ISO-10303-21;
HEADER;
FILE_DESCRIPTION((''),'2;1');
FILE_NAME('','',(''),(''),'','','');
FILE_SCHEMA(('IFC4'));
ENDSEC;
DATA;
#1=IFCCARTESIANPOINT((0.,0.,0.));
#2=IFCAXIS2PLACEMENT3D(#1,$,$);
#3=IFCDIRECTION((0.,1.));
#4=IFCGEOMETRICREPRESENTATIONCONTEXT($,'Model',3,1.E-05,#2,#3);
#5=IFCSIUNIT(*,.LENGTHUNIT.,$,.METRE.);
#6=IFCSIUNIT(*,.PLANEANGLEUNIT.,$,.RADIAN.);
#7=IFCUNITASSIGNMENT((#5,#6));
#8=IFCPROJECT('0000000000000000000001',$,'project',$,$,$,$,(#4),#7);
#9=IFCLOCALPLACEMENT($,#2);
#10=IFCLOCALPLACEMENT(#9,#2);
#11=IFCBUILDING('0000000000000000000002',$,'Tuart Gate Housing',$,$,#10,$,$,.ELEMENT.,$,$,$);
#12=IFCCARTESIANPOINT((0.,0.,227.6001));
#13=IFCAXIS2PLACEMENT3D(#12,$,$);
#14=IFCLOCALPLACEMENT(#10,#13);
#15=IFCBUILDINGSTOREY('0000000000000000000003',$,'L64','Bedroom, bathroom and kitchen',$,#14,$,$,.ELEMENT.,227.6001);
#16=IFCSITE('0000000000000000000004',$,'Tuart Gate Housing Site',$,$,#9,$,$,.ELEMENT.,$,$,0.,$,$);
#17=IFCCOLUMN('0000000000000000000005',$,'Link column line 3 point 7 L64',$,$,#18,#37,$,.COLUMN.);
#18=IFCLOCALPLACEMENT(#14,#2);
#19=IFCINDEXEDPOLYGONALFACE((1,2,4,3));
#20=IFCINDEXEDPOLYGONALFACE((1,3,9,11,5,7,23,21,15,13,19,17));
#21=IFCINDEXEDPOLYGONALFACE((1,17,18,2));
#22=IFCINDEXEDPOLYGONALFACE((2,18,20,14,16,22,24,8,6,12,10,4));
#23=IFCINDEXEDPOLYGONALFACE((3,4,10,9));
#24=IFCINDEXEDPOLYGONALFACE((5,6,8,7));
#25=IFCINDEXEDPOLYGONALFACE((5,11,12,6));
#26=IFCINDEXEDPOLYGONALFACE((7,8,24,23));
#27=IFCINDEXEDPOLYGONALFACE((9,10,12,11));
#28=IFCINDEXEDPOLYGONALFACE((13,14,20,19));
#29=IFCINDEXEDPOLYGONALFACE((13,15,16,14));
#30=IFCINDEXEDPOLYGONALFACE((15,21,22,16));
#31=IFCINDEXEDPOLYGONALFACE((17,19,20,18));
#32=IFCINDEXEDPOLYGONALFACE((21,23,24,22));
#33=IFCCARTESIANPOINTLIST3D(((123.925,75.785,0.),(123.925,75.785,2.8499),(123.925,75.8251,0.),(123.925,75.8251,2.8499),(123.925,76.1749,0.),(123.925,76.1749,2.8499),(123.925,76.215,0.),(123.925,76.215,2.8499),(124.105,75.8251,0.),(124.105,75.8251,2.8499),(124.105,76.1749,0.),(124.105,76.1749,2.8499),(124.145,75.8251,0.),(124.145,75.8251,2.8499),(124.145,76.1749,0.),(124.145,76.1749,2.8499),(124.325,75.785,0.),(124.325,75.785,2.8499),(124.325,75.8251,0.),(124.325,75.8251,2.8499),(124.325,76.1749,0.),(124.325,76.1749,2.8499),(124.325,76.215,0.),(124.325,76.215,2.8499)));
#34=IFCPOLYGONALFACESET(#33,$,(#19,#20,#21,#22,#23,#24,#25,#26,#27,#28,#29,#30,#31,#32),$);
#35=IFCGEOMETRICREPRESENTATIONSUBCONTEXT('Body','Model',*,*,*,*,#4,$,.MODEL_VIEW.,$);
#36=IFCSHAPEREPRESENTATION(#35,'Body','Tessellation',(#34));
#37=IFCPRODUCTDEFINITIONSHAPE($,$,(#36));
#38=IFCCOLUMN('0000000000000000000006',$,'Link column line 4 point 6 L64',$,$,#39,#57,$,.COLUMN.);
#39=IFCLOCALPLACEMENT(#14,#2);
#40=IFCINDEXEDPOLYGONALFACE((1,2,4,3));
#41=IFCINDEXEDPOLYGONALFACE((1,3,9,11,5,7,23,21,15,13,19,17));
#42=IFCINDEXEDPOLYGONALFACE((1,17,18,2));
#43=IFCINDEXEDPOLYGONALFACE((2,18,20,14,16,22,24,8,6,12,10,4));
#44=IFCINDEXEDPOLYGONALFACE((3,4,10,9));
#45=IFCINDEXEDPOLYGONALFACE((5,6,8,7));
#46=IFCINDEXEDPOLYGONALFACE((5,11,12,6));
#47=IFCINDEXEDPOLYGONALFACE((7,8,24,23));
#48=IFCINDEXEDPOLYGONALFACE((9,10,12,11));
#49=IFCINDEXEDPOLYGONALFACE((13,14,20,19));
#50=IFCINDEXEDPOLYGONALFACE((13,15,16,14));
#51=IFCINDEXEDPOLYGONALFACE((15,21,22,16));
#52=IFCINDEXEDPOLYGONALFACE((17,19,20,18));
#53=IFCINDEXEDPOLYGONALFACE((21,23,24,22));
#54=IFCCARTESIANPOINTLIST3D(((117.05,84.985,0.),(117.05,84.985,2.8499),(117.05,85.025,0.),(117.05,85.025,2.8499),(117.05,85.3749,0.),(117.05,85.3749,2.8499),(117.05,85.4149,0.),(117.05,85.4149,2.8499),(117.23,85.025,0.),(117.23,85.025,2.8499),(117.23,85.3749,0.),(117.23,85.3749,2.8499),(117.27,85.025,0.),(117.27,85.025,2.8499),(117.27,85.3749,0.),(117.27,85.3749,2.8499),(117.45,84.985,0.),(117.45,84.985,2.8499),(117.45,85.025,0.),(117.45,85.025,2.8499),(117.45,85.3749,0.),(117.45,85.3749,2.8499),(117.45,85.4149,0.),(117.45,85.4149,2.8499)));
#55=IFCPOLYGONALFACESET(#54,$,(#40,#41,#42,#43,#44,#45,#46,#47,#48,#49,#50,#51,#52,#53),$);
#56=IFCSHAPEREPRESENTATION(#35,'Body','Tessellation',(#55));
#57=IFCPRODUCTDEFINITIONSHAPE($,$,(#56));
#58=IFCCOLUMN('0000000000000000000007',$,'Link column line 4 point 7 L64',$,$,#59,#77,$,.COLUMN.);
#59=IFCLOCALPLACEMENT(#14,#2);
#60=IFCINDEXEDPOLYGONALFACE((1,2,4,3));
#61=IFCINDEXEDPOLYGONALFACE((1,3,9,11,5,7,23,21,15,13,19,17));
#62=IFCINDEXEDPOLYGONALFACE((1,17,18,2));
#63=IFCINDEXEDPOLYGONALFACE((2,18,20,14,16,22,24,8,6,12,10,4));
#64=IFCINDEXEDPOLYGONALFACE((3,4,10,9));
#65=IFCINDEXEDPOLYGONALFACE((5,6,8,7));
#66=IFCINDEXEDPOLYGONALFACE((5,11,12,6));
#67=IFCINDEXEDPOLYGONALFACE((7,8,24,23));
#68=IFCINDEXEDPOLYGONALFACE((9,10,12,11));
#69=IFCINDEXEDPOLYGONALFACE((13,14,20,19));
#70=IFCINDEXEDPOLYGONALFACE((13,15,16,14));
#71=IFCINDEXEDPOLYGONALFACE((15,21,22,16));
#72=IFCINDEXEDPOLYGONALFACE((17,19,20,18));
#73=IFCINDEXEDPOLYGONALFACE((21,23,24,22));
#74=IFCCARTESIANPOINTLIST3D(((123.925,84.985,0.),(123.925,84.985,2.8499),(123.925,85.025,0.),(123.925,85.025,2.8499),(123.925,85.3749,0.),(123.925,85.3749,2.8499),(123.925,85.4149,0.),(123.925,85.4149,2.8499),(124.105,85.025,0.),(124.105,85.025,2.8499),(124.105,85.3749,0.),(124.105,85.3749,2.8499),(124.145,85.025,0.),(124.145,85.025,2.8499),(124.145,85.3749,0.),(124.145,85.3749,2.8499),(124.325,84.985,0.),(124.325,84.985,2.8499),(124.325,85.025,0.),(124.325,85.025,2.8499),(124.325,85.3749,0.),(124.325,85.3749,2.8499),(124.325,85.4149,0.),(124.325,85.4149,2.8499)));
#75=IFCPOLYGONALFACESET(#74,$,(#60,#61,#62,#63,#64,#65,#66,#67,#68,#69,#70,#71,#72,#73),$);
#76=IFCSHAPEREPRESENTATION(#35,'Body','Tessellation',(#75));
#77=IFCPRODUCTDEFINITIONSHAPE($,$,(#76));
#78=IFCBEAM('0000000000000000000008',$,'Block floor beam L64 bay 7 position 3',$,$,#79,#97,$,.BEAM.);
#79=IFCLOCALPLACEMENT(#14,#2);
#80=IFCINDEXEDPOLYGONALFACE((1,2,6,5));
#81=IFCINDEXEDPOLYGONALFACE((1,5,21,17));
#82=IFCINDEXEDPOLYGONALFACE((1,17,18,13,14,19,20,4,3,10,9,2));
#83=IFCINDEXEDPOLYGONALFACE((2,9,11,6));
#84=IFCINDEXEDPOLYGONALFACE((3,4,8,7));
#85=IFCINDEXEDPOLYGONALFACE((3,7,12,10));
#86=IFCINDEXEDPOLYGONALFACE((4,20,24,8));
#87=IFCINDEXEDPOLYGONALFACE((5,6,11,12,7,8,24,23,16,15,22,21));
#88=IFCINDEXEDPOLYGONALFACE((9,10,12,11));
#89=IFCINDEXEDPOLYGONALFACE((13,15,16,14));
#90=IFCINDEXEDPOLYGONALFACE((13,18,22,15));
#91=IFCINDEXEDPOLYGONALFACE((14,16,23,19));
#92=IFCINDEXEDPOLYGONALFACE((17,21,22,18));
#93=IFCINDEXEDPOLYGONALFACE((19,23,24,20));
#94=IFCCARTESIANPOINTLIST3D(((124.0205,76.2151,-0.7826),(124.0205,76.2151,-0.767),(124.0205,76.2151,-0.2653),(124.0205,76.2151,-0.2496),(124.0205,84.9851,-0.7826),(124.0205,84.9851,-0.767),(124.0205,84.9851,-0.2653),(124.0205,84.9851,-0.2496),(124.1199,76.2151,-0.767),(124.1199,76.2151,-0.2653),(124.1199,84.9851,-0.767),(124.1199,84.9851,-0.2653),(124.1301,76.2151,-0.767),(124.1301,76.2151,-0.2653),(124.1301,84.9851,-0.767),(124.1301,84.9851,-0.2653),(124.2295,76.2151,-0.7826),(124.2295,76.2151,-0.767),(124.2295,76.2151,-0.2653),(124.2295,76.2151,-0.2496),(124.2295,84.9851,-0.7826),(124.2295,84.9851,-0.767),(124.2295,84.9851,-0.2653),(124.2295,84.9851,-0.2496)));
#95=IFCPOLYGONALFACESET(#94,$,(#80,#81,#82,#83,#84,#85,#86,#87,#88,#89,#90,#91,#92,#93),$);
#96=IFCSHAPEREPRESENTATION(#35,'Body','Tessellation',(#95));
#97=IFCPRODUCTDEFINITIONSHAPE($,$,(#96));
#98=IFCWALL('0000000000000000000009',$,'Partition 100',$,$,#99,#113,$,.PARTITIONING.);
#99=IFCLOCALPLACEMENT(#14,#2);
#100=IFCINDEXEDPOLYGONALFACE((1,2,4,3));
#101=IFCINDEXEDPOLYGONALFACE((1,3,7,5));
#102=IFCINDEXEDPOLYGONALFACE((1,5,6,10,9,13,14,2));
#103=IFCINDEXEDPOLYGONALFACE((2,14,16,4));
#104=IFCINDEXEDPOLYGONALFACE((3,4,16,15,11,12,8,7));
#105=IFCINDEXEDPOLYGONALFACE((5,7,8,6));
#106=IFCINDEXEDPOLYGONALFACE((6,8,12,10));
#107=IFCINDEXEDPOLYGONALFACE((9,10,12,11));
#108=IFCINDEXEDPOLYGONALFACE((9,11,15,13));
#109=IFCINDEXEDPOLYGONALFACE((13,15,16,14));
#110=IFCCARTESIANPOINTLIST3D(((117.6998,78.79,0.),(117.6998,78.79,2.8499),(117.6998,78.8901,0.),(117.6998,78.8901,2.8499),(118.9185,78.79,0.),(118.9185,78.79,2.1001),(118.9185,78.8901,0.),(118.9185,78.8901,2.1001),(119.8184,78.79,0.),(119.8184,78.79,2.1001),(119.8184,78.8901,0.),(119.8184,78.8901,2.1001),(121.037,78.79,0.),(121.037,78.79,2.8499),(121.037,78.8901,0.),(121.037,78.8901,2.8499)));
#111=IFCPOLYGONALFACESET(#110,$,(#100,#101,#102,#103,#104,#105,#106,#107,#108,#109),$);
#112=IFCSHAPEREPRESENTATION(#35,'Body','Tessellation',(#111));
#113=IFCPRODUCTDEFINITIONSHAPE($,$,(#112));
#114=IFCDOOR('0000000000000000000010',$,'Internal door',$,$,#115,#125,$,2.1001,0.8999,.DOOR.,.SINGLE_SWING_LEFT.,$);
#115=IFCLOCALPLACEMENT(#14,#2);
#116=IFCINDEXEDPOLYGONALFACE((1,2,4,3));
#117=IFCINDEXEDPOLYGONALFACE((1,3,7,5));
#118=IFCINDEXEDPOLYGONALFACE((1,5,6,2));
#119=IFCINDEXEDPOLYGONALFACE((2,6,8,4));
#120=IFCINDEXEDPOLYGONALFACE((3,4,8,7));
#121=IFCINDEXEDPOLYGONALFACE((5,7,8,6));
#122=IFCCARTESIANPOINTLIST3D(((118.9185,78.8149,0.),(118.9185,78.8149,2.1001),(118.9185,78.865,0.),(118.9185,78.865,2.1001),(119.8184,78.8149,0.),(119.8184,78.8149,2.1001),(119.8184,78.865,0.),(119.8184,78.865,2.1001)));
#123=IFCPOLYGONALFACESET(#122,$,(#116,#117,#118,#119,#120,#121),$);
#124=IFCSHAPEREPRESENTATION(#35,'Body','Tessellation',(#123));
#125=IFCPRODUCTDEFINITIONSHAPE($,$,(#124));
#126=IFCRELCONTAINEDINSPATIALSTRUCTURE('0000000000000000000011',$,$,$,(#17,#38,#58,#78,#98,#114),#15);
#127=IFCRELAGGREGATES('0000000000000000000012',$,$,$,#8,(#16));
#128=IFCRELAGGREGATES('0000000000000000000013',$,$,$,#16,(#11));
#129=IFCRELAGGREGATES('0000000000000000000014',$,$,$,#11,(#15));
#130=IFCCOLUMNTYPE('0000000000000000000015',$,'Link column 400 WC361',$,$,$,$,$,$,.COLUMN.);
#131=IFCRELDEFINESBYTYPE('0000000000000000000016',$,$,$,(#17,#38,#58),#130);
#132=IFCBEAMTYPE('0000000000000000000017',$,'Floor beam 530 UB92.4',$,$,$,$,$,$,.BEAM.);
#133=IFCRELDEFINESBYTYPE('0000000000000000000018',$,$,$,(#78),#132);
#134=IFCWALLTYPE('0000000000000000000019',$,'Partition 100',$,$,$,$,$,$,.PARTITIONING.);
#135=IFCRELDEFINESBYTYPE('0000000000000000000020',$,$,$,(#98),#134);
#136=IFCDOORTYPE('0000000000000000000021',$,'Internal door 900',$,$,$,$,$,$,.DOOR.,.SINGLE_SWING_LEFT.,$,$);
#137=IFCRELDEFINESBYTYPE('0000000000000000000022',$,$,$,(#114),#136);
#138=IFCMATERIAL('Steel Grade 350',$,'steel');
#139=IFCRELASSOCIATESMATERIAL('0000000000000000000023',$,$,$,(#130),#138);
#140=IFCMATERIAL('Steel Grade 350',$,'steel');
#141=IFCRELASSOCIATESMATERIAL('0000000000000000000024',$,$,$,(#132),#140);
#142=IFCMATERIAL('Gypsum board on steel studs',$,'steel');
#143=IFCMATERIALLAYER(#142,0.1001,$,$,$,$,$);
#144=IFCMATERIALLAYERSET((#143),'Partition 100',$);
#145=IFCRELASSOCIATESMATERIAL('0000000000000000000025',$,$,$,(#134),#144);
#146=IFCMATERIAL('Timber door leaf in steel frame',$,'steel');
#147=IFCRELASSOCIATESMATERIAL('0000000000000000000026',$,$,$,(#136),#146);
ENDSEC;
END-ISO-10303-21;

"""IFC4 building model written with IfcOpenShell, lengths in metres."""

from ifc_helpers import new_model, si_unit, direction, frame, frame_2d, origin, origin_2d, place, context, subcontext, project, spatial, rectangle, i_section, extrude, material, layer, layer_set, material_profile, profile_set, type_object, element, fill, save


model = new_model("IFC4")

# Units and contexts
model_context = context("Model", 3, precision=1e-05, world=origin(), true_north=direction((0.0, 1.0)))
body_context = subcontext(model_context, "Body", "Model", "MODEL_VIEW")
ifc_project = project(units=[si_unit("LENGTHUNIT", "METRE"), si_unit("PLANEANGLEUNIT", "RADIAN")], contexts=[model_context])

# Site, building, storey
site_placement = place(None, origin())
site = spatial("IfcSite", under=ifc_project, at=site_placement, Name="Tuart Gate Housing Site", CompositionType="ELEMENT", RefElevation=0.0)
building_placement = place(site_placement, origin())
building = spatial("IfcBuilding", under=site, at=building_placement, Name="Tuart Gate Housing", CompositionType="ELEMENT")
storey_placement = place(building_placement, frame((0.0, 0.0, 227.6001)))
storey = spatial("IfcBuildingStorey", under=building, at=storey_placement, Name="L64", Description="Bedroom, bathroom and kitchen", CompositionType="ELEMENT", Elevation=227.6001)

# Columns
ifc_material_1 = material(Name="Steel Grade 350", Category="steel")
ifc_material_profile_1 = material_profile(ifc_material_1, i_section(OverallWidth=0.3999, OverallDepth=0.4299, WebThickness=0.04, FlangeThickness=0.04, at=origin_2d()), Name="400WC361")
ifc_profile_set_1 = profile_set([ifc_material_profile_1], Name="Steel Grade 350")
column_type = type_object("IfcColumnType", Name="Link column 400 WC361", PredefinedType="COLUMN", material=ifc_profile_set_1)
for number, where, z_axis, x_axis, name in (
    (1, (124.125, 76.0, 0.0), (0.0, 0.0, 1.0), (1.0, 0.0, 0.0), "Link column line 3 point 7 L64"),
    (2, (117.25, 85.2, 0.0), (0.0, 0.0, 1.0), (1.0, 0.0, 0.0), "Link column line 4 point 6 L64"),
    (3, (124.125, 85.2, 0.0), (0.0, 0.0, 1.0), (1.0, 0.0, 0.0), "Link column line 4 point 7 L64"),
):
    element("IfcColumn", number, at=place(storey_placement, frame(where, z_axis=z_axis, x_axis=x_axis)), inside=storey, type_object=column_type, Name=name, PredefinedType="COLUMN", context=body_context, shape_type="SweptSolid", body=[
        extrude(i_section(OverallWidth=0.3999, OverallDepth=0.4299, WebThickness=0.04, FlangeThickness=0.04, at=origin_2d()), origin(), (0.0, 0.0, 1.0), 2.8499),
    ])

# Beam
ifc_material_2 = material(Name="Steel Grade 350", Category="steel")
ifc_material_profile_2 = material_profile(ifc_material_2, i_section(OverallWidth=0.209, OverallDepth=0.533, WebThickness=0.0103, FlangeThickness=0.0156, at=origin_2d()), Name="530UB92.4")
ifc_profile_set_2 = profile_set([ifc_material_profile_2], Name="Steel Grade 350")
beam_type = type_object("IfcBeamType", Name="Floor beam 530 UB92.4", PredefinedType="BEAM", material=ifc_profile_set_2)
beam_placement = place(storey_placement, frame((124.125, 76.2151, -0.5161), z_axis=(0.0, 1.0, 0.0), x_axis=(-1.0, 0.0, 0.0)))
element("IfcBeam", 4, at=beam_placement, inside=storey, type_object=beam_type, Name="Block floor beam L64 bay 7 position 3", PredefinedType="BEAM", context=body_context, shape_type="SweptSolid", body=[
    extrude(i_section(OverallWidth=0.209, OverallDepth=0.533, WebThickness=0.0103, FlangeThickness=0.0156, at=origin_2d()), origin(), (0.0, 0.0, 1.0), 8.77),
])

# Wall, opening, door
ifc_material_3 = material(Name="Gypsum board on steel studs", Category="steel")
ifc_layer = layer(ifc_material_3, 0.1001)
ifc_layer_set = layer_set([ifc_layer], Name="Partition 100")
wall_type = type_object("IfcWallType", Name="Partition 100", PredefinedType="PARTITIONING", material=ifc_layer_set)
wall_placement = place(storey_placement, frame((117.7, 78.8401, 0.0), z_axis=(0.0, 0.0, 1.0), x_axis=(1.0, 0.0, 0.0)))
wall = element("IfcWall", 5, at=wall_placement, inside=storey, type_object=wall_type, Name="Partition 100", PredefinedType="PARTITIONING", context=body_context, shape_type="SweptSolid", body=[
    extrude(rectangle(XDim=3.3372, YDim=0.1001, at=frame_2d((1.6685, 0.0))), origin(), (0.0, 0.0, 1.0), 2.8499),
])
opening_placement = place(wall_placement, frame((1.2185, 0.0, 0.0)))
opening = element("IfcOpeningElement", 6, at=opening_placement, cuts=wall, PredefinedType="OPENING", context=body_context, shape_type="SweptSolid", body=[
    extrude(rectangle(XDim=0.8999, YDim=2.1001, at=frame_2d((0.45, 1.05))), frame((0.0, 0.0601, 0.0), z_axis=(0.0, -1.0, 0.0), x_axis=(1.0, 0.0, 0.0)), (0.0, 0.0, 1.0), 0.1201),
])
ifc_material_4 = material(Name="Timber door leaf in steel frame", Category="steel")
door_type = type_object("IfcDoorType", Name="Internal door 900", OperationType="SINGLE_SWING_LEFT", PredefinedType="DOOR", material=ifc_material_4)
door_placement = place(opening_placement, frame((0.8999, 0.0, 0.0), z_axis=(0.0, 0.0, 1.0), x_axis=(-1.0, 0.0, 0.0)))
door = element("IfcDoor", 7, at=door_placement, inside=storey, type_object=door_type, Name="Internal door", OperationType="SINGLE_SWING_LEFT", OverallHeight=2.1001, OverallWidth=0.8999, PredefinedType="DOOR", context=body_context, shape_type="SweptSolid", body=[
    extrude(rectangle(XDim=0.8999, YDim=2.1001, at=frame_2d((0.45, 1.05))), frame((0.0, 0.0251, 0.0), z_axis=(0.0, -1.0, 0.0), x_axis=(1.0, 0.0, 0.0)), (0.0, 0.0, 1.0), 0.05),
])
fill(opening, door)

save(model, "model.ifc")
